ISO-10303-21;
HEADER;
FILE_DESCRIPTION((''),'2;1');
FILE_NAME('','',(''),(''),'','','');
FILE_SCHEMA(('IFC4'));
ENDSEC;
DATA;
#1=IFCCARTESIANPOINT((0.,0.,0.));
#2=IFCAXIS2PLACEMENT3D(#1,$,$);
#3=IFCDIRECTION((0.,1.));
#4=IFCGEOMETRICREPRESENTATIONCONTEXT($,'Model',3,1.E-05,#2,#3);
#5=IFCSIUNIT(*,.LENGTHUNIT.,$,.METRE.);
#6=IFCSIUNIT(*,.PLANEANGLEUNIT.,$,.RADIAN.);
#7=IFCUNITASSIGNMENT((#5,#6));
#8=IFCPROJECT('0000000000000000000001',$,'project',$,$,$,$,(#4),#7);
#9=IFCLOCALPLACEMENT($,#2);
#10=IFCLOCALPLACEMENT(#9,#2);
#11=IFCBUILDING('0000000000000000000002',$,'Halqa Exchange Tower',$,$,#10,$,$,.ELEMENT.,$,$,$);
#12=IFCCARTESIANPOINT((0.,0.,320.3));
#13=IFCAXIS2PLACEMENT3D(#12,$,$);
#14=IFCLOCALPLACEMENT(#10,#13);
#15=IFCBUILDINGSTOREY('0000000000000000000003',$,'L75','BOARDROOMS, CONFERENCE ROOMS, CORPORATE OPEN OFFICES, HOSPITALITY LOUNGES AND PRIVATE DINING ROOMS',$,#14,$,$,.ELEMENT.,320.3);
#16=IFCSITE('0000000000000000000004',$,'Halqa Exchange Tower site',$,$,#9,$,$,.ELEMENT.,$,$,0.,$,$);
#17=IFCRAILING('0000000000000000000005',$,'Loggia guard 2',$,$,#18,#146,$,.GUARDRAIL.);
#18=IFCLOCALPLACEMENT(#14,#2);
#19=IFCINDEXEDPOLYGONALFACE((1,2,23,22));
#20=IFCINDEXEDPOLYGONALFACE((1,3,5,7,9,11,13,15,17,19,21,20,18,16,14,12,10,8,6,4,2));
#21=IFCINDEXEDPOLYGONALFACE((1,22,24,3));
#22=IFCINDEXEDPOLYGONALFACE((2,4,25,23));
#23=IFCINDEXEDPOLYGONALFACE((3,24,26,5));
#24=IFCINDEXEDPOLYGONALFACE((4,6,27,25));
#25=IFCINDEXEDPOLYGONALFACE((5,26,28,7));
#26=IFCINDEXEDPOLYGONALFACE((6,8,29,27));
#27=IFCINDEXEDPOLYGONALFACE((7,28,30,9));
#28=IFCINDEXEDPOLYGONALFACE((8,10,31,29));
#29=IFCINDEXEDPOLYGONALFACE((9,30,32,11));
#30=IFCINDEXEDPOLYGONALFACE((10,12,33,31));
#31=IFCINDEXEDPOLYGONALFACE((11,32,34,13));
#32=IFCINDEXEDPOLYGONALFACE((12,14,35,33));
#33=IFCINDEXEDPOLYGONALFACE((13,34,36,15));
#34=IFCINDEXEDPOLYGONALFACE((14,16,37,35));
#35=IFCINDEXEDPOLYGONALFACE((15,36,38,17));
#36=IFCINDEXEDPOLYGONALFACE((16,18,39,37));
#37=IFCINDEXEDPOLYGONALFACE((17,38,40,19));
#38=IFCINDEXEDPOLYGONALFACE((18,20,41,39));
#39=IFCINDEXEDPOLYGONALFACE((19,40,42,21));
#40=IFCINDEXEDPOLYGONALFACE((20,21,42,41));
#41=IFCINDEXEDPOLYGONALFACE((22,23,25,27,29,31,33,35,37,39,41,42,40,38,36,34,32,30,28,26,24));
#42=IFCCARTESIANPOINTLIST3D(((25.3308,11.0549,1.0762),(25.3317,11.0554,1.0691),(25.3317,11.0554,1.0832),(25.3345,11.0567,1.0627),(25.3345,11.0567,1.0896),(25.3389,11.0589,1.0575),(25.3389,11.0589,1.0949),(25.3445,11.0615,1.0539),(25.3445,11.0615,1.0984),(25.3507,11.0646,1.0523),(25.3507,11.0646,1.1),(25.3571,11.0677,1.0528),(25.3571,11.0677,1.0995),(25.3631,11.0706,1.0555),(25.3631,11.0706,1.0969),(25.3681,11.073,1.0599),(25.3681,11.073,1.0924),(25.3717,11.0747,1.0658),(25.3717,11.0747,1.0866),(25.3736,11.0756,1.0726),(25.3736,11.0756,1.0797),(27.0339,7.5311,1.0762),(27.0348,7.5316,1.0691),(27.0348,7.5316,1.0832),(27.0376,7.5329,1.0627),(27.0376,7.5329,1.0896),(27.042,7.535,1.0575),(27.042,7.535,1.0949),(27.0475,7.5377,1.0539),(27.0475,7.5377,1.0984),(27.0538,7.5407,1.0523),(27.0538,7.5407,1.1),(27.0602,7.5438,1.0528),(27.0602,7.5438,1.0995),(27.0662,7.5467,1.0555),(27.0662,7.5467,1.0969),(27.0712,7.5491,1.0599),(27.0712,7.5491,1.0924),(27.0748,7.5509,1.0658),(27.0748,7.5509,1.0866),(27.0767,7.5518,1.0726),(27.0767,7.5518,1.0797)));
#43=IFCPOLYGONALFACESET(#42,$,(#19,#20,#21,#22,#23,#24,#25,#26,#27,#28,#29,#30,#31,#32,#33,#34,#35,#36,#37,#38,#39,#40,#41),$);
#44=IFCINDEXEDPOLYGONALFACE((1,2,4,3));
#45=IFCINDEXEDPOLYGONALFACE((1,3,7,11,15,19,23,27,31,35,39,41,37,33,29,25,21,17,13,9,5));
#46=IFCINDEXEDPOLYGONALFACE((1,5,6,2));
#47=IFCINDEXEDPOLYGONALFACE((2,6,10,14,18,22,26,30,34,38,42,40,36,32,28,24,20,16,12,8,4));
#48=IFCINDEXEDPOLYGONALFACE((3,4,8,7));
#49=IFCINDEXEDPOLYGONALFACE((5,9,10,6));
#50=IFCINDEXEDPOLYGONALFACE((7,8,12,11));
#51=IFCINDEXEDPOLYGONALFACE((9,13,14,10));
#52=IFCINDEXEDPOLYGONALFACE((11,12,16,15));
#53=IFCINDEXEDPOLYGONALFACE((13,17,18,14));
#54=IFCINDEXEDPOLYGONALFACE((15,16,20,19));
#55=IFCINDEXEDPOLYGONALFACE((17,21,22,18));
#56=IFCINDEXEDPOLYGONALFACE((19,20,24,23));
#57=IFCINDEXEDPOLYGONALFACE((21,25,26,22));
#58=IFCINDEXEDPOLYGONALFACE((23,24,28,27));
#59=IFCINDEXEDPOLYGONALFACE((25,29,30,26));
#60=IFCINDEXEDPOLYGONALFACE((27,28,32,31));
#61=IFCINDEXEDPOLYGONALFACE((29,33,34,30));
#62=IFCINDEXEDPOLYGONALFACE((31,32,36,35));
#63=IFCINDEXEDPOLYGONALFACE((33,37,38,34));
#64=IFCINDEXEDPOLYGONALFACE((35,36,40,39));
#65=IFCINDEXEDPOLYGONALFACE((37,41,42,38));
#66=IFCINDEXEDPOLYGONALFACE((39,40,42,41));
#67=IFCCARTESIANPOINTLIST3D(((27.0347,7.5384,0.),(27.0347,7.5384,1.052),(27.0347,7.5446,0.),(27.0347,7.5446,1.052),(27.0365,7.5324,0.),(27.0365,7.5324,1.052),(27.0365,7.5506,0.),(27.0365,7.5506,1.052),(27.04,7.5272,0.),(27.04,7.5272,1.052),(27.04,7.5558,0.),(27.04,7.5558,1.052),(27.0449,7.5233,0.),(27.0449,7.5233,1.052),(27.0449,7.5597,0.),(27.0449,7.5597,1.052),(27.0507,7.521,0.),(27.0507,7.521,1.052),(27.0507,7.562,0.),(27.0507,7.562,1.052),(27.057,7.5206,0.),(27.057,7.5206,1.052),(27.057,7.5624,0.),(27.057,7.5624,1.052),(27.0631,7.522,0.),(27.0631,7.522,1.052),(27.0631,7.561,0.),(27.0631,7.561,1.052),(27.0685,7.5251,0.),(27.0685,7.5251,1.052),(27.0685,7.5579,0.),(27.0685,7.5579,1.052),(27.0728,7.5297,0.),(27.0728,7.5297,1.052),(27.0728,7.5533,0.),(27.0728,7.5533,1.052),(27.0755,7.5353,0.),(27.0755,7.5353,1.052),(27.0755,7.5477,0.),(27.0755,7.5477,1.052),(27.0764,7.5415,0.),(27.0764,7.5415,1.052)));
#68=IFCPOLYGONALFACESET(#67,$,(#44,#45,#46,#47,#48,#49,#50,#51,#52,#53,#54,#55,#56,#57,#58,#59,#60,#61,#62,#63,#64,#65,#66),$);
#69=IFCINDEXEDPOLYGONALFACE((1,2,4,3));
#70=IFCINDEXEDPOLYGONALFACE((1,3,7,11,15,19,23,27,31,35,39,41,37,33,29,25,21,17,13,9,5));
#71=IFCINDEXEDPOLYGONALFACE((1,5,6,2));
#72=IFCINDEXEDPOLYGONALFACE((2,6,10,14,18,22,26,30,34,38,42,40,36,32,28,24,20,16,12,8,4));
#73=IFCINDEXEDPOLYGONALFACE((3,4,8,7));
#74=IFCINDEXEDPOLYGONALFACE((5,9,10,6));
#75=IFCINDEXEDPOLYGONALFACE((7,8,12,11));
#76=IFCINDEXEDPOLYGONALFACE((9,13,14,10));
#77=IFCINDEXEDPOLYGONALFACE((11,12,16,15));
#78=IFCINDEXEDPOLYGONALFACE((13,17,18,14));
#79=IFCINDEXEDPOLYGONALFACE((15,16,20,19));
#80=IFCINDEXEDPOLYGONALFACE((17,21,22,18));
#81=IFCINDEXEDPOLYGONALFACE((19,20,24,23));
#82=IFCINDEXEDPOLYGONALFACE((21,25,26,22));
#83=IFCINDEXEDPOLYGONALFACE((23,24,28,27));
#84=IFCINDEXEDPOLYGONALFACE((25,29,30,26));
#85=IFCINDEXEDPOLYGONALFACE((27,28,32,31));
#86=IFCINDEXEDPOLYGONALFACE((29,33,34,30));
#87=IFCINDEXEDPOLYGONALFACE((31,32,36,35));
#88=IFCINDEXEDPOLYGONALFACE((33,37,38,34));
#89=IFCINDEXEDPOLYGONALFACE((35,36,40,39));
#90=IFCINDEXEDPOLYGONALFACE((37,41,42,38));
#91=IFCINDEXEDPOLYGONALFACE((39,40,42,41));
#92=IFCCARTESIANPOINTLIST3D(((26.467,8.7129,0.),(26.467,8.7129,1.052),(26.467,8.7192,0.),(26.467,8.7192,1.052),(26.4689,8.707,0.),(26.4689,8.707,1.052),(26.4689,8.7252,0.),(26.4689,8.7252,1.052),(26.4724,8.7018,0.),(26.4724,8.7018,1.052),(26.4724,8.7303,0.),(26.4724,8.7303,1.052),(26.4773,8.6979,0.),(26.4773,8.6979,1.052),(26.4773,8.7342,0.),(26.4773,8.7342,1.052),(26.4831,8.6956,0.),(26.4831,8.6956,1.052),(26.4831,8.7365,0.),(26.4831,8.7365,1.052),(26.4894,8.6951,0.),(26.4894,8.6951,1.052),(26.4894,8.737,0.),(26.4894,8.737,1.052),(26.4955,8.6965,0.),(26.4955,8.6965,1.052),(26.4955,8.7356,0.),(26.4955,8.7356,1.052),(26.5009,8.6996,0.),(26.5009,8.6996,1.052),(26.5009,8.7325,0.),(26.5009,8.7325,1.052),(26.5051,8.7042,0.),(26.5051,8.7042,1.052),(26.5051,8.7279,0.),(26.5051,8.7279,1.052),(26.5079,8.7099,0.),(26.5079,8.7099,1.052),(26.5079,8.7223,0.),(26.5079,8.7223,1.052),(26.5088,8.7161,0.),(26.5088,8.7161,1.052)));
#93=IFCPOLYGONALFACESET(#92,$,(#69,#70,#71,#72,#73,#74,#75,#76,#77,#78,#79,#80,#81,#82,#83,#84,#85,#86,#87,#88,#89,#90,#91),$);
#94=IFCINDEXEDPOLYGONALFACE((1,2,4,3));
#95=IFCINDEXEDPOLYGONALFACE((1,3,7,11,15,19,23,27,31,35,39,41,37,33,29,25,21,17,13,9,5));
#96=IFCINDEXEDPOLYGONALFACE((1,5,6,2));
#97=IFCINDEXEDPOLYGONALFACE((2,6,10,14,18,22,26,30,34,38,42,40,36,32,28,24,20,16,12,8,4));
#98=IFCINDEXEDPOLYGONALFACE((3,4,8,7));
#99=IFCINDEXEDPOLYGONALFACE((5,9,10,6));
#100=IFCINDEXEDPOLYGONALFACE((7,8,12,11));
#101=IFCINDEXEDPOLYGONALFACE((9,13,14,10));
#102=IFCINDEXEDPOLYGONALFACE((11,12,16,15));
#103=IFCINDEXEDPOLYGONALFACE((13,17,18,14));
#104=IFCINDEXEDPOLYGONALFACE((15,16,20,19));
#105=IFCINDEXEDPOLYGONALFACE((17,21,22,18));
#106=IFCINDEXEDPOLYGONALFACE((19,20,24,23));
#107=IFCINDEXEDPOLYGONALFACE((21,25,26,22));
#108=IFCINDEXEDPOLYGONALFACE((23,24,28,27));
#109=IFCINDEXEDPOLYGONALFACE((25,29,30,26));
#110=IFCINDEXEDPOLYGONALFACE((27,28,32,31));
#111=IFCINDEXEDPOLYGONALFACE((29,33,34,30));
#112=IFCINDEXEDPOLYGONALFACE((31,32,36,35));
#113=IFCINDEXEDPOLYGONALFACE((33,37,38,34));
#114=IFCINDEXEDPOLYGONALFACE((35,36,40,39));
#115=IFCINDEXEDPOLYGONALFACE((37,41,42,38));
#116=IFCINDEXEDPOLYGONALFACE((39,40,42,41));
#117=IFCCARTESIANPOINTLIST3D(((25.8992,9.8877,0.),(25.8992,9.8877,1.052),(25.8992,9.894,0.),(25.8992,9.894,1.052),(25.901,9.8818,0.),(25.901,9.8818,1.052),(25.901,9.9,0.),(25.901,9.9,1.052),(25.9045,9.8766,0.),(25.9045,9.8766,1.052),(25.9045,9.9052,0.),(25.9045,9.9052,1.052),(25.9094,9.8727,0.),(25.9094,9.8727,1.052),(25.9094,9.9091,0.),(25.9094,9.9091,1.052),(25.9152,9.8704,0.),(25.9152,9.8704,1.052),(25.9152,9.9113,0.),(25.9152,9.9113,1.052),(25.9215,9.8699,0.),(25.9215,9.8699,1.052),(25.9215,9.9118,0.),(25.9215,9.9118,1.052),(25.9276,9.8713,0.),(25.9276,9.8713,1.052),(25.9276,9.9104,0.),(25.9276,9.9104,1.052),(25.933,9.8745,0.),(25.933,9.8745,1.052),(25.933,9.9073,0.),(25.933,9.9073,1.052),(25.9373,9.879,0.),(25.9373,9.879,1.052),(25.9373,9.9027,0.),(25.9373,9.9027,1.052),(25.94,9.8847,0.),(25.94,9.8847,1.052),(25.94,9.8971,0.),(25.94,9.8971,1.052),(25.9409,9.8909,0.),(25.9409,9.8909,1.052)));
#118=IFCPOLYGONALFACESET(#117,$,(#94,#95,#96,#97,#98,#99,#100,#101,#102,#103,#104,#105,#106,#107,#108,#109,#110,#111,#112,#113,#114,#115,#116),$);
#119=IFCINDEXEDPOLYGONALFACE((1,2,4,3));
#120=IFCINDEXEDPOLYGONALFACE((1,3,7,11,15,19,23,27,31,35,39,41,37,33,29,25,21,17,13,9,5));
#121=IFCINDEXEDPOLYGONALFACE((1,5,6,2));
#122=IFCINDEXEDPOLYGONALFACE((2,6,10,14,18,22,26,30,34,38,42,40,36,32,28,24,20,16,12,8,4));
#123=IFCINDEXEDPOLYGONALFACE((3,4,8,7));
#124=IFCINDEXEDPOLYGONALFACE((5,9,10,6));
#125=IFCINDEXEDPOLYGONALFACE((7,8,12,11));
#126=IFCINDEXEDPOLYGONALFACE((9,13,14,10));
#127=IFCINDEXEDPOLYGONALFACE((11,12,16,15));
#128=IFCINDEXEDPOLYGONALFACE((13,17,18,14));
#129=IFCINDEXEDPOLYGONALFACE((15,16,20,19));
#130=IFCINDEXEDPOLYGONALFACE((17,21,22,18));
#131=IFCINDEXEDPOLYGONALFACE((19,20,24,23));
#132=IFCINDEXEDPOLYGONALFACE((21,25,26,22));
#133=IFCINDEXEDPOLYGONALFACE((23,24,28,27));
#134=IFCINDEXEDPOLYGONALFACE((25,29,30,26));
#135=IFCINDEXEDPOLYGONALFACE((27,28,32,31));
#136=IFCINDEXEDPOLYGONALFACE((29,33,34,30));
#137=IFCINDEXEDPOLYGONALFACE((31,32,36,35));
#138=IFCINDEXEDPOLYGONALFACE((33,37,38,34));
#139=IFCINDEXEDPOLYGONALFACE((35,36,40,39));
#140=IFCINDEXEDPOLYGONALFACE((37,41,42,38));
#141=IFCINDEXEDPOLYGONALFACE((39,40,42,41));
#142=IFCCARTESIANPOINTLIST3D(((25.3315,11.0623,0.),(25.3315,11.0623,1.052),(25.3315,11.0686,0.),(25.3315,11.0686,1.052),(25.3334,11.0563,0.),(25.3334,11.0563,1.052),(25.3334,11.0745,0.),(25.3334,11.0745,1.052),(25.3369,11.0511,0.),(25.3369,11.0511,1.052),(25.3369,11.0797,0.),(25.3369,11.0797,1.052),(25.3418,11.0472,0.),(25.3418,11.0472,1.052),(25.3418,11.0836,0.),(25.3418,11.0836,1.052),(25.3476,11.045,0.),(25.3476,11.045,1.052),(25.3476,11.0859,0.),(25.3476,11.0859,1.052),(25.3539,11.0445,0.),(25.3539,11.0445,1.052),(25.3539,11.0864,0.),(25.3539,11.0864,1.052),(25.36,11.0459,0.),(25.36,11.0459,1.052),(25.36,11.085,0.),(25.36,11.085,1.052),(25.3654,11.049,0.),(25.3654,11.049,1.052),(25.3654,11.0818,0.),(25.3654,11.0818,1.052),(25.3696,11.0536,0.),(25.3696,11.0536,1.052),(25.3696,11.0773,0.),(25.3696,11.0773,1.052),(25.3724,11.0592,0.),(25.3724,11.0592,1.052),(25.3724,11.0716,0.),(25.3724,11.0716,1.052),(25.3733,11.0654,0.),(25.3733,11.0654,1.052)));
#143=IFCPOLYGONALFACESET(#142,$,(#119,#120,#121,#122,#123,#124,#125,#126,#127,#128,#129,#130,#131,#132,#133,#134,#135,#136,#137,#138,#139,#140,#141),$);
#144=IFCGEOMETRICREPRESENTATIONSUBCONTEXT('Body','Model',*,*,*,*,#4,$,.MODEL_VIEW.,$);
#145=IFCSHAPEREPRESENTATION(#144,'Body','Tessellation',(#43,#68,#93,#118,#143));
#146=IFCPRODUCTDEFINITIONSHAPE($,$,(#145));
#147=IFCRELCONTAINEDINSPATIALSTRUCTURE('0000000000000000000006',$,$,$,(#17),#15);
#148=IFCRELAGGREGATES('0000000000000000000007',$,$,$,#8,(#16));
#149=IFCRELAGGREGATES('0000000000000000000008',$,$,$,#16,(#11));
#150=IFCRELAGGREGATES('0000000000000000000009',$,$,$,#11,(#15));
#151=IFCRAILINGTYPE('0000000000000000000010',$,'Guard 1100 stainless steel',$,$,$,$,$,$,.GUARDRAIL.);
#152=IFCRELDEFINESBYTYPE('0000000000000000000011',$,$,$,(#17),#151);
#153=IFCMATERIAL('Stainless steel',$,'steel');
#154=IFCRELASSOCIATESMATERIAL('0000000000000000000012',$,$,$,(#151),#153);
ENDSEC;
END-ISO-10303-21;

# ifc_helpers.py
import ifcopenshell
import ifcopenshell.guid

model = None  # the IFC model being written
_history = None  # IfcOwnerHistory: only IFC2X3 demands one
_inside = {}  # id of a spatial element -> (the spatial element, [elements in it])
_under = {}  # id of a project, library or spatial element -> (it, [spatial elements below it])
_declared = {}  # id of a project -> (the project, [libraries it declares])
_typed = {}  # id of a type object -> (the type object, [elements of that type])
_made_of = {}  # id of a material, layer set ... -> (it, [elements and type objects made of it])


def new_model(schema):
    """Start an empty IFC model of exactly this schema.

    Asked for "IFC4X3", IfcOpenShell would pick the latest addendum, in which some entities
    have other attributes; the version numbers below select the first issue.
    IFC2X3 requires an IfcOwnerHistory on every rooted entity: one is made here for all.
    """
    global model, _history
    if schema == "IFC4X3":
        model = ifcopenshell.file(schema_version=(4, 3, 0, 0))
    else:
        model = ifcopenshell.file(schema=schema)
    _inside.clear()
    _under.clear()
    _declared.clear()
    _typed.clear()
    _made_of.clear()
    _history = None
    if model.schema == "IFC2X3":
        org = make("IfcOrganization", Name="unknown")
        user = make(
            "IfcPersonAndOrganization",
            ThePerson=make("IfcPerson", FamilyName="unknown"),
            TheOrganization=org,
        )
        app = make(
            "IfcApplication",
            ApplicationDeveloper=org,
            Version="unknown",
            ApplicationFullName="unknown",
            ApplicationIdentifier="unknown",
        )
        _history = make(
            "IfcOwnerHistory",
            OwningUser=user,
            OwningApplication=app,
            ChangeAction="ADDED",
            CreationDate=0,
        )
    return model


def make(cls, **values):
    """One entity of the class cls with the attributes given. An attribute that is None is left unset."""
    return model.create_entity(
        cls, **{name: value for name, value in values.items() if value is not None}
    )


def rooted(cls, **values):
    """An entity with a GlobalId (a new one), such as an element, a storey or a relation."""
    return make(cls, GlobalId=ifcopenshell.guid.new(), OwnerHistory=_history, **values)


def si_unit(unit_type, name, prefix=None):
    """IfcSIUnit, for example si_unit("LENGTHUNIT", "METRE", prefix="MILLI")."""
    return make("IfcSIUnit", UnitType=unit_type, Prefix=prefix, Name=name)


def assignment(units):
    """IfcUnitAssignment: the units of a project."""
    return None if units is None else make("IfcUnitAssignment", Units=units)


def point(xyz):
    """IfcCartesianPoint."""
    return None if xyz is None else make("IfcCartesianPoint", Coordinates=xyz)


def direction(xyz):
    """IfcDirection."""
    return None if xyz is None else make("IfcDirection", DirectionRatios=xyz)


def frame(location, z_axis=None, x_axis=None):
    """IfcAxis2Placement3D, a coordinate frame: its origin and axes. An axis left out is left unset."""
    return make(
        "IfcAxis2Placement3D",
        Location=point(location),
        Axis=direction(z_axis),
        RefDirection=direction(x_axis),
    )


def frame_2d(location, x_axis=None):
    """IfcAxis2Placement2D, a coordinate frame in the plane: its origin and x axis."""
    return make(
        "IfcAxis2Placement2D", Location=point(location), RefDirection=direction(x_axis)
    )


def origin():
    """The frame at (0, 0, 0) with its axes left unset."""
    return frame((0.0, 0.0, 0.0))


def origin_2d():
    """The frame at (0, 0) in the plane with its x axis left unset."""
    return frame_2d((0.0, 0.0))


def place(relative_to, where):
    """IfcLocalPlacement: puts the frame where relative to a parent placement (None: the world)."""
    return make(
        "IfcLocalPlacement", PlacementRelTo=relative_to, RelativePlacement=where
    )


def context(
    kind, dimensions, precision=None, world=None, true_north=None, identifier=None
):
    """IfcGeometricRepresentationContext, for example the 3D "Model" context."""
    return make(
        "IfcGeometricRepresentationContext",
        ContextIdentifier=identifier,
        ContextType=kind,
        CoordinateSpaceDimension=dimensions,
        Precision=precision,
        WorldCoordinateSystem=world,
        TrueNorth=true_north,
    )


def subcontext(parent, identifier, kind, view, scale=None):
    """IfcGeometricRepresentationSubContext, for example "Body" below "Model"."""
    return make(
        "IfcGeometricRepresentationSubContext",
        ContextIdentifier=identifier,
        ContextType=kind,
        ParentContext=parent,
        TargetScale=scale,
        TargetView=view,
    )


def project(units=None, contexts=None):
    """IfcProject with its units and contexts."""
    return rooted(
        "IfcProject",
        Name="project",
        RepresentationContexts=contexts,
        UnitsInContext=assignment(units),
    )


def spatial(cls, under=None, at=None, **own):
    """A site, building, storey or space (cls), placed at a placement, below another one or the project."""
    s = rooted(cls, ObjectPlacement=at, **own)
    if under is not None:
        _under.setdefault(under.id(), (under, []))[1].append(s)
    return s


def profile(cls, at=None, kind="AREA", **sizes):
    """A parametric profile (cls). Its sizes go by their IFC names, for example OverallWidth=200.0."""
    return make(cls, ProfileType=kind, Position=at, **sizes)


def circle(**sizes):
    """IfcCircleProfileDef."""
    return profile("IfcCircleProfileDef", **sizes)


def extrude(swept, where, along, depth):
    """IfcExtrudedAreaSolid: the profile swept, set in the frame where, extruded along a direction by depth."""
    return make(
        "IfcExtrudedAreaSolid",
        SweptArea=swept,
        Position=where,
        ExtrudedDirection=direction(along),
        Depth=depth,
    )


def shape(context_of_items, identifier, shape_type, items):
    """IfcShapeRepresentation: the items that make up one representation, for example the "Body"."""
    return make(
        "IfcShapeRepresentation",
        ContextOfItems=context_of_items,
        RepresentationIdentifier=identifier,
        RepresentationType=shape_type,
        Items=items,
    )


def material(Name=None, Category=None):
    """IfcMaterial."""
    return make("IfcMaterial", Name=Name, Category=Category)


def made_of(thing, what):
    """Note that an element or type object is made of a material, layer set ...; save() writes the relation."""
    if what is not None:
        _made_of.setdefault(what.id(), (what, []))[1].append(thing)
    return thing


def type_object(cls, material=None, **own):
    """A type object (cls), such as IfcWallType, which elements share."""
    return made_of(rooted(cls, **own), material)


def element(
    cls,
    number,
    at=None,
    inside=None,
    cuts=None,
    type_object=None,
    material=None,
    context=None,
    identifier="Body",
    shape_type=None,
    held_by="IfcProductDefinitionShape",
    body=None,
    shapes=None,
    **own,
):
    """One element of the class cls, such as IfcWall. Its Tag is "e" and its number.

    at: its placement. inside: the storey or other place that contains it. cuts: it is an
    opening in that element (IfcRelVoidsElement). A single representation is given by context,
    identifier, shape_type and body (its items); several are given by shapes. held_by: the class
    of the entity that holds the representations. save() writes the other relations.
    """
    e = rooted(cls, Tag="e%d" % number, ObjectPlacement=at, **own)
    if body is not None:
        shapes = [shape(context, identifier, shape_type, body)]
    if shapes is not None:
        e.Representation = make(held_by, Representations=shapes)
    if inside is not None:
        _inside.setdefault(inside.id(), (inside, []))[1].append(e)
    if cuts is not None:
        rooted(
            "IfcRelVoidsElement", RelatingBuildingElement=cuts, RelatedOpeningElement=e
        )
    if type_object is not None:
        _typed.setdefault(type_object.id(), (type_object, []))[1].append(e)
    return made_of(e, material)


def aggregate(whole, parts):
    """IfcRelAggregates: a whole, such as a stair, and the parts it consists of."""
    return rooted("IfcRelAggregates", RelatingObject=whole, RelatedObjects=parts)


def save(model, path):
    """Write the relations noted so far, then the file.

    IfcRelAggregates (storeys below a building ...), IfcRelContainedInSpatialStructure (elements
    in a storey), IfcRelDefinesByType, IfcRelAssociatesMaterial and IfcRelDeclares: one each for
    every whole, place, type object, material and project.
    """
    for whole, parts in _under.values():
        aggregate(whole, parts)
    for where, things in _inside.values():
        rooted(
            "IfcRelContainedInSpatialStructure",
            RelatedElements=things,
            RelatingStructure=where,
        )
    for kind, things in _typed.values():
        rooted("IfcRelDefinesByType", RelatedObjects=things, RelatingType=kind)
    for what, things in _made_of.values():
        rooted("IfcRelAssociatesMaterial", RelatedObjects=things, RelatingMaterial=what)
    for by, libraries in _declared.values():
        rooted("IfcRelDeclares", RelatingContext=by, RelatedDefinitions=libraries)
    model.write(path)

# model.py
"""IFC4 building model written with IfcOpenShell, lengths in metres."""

from ifc_helpers import new_model, si_unit, direction, frame, origin, origin_2d, place, context, subcontext, project, spatial, circle, extrude, material, type_object, element, save


model = new_model("IFC4")

# Units and contexts
model_context = context("Model", 3, precision=1e-05, world=origin(), true_north=direction((0.0, 1.0)))
body_context = subcontext(model_context, "Body", "Model", "MODEL_VIEW")
ifc_project = project(units=[si_unit("LENGTHUNIT", "METRE"), si_unit("PLANEANGLEUNIT", "RADIAN")], contexts=[model_context])

# Site, building, storey
site_placement = place(None, origin())
site = spatial("IfcSite", under=ifc_project, at=site_placement, Name="Halqa Exchange Tower site", CompositionType="ELEMENT", RefElevation=0.0)
building_placement = place(site_placement, origin())
building = spatial("IfcBuilding", under=site, at=building_placement, Name="Halqa Exchange Tower", CompositionType="ELEMENT")
storey_placement = place(building_placement, frame((0.0, 0.0, 320.3)))
storey = spatial("IfcBuildingStorey", under=building, at=storey_placement, Name="L75", Description="BOARDROOMS, CONFERENCE ROOMS, CORPORATE OPEN OFFICES, HOSPITALITY LOUNGES AND PRIVATE DINING ROOMS", CompositionType="ELEMENT", Elevation=320.3)

# Railing
ifc_material_1 = material(Name="Stainless steel", Category="steel")
railing_type = type_object("IfcRailingType", Name="Guard 1100 stainless steel", PredefinedType="GUARDRAIL", material=ifc_material_1)
railing_1_placement = place(storey_placement, frame((27.0554, 7.5415, 0.0)))
element("IfcRailing", 1, at=railing_1_placement, inside=storey, type_object=railing_type, Name="Loggia guard 2", PredefinedType="GUARDRAIL", context=body_context, shape_type="SweptSolid", body=[
    extrude(circle(Radius=0.0239, at=origin_2d()), frame((0.0, 0.0, 1.0762), z_axis=(-0.435147, 0.90036, 0.0), x_axis=(-0.90036, -0.435147, 0.0)), (0.0, 0.0, 1.0), 3.9138),
    extrude(circle(Radius=0.021, at=origin_2d()), origin(), (0.0, 0.0, 1.0), 1.052),
    extrude(circle(Radius=0.021, at=origin_2d()), frame((-0.5676, 1.1746, 0.0)), (0.0, 0.0, 1.0), 1.052),
    extrude(circle(Radius=0.021, at=origin_2d()), frame((-1.1355, 2.3494, 0.0)), (0.0, 0.0, 1.0), 1.052),
    extrude(circle(Radius=0.021, at=origin_2d()), frame((-1.7031, 3.5239, 0.0)), (0.0, 0.0, 1.0), 1.052),
])

save(model, "model.ifc")
